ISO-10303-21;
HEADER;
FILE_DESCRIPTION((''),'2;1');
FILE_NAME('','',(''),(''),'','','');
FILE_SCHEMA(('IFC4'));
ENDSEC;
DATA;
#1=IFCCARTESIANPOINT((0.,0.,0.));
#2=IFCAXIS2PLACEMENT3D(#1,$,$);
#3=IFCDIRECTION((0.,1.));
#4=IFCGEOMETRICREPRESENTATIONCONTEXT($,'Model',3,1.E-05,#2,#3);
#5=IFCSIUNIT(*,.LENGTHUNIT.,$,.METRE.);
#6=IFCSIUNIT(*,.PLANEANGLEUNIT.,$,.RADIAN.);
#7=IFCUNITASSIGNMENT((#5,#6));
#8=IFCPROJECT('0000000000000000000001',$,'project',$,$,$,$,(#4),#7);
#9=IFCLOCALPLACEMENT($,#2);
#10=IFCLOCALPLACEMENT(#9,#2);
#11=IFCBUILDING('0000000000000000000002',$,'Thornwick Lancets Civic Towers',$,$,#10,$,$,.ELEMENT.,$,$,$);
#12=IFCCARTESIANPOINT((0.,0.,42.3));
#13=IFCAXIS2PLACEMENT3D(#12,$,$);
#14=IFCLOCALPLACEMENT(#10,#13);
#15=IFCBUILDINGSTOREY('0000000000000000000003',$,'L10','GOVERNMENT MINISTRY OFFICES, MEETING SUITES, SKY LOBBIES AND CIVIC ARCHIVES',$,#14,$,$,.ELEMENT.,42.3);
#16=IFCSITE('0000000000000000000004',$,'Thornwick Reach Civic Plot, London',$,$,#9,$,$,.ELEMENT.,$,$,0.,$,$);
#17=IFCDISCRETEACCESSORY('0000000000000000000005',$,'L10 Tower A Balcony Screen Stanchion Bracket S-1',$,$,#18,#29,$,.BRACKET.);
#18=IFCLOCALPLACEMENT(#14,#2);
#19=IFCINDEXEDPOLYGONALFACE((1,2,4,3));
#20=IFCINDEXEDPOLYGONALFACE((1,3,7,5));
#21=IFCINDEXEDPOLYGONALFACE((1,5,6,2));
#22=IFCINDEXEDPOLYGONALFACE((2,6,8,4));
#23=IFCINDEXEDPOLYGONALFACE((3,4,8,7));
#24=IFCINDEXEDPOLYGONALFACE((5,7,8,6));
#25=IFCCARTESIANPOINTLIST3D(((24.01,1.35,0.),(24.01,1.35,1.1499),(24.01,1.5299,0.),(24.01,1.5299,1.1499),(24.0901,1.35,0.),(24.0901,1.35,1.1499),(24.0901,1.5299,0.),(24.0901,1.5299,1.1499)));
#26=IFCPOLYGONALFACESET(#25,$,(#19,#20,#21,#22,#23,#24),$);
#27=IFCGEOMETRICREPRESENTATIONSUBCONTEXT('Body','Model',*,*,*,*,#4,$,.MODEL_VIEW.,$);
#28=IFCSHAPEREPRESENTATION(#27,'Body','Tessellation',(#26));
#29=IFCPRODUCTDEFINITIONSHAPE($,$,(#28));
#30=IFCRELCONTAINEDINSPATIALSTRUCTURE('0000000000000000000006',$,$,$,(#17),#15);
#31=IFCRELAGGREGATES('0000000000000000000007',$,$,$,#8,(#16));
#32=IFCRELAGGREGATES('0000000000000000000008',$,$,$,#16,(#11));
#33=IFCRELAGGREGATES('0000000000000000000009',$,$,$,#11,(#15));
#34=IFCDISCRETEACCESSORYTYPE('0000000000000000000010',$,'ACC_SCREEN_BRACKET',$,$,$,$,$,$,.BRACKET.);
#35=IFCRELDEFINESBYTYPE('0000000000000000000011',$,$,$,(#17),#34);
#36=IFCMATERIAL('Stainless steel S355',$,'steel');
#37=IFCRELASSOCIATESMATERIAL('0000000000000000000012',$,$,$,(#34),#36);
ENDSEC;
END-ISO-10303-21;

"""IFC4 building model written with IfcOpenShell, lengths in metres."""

from ifc_helpers import new_model, si_unit, direction, frame, origin, origin_2d, place, context, subcontext, project, spatial, rectangle, extrude, material, type_object, element, save


model = new_model("IFC4")

# Units and contexts
model_context = context("Model", 3, precision=1e-05, world=origin(), true_north=direction((0.0, 1.0)))
body_context = subcontext(model_context, "Body", "Model", "MODEL_VIEW")
ifc_project = project(units=[si_unit("LENGTHUNIT", "METRE"), si_unit("PLANEANGLEUNIT", "RADIAN")], contexts=[model_context])

# Site, building, storey
site_placement = place(None, origin())
site = spatial("IfcSite", under=ifc_project, at=site_placement, Name="Thornwick Reach Civic Plot, London", CompositionType="ELEMENT", RefElevation=0.0)
building_placement = place(site_placement, origin())
building = spatial("IfcBuilding", under=site, at=building_placement, Name="Thornwick Lancets Civic Towers", CompositionType="ELEMENT")
storey_placement = place(building_placement, frame((0.0, 0.0, 42.3)))
storey = spatial("IfcBuildingStorey", under=building, at=storey_placement, Name="L10", Description="GOVERNMENT MINISTRY OFFICES, MEETING SUITES, SKY LOBBIES AND CIVIC ARCHIVES", CompositionType="ELEMENT", Elevation=42.3)

# Discrete accessory
ifc_material_1 = material(Name="Stainless steel S355", Category="steel")
discrete_accessory_type_1 = type_object("IfcDiscreteAccessoryType", Name="ACC_SCREEN_BRACKET", PredefinedType="BRACKET", material=ifc_material_1)
discrete_accessory_1_placement = place(storey_placement, frame((24.05, 1.4399, 0.0), z_axis=(0.0, 0.0, 1.0), x_axis=(1.0, 0.0, 0.0)))
element("IfcDiscreteAccessory", 1, at=discrete_accessory_1_placement, inside=storey, type_object=discrete_accessory_type_1, Name="L10 Tower A Balcony Screen Stanchion Bracket S-1", PredefinedType="BRACKET", context=body_context, shape_type="SweptSolid", body=[
    extrude(rectangle(XDim=0.0801, YDim=0.1799, at=origin_2d()), origin(), (0.0, 0.0, 1.0), 1.1499),
])

save(model, "model.ifc")
